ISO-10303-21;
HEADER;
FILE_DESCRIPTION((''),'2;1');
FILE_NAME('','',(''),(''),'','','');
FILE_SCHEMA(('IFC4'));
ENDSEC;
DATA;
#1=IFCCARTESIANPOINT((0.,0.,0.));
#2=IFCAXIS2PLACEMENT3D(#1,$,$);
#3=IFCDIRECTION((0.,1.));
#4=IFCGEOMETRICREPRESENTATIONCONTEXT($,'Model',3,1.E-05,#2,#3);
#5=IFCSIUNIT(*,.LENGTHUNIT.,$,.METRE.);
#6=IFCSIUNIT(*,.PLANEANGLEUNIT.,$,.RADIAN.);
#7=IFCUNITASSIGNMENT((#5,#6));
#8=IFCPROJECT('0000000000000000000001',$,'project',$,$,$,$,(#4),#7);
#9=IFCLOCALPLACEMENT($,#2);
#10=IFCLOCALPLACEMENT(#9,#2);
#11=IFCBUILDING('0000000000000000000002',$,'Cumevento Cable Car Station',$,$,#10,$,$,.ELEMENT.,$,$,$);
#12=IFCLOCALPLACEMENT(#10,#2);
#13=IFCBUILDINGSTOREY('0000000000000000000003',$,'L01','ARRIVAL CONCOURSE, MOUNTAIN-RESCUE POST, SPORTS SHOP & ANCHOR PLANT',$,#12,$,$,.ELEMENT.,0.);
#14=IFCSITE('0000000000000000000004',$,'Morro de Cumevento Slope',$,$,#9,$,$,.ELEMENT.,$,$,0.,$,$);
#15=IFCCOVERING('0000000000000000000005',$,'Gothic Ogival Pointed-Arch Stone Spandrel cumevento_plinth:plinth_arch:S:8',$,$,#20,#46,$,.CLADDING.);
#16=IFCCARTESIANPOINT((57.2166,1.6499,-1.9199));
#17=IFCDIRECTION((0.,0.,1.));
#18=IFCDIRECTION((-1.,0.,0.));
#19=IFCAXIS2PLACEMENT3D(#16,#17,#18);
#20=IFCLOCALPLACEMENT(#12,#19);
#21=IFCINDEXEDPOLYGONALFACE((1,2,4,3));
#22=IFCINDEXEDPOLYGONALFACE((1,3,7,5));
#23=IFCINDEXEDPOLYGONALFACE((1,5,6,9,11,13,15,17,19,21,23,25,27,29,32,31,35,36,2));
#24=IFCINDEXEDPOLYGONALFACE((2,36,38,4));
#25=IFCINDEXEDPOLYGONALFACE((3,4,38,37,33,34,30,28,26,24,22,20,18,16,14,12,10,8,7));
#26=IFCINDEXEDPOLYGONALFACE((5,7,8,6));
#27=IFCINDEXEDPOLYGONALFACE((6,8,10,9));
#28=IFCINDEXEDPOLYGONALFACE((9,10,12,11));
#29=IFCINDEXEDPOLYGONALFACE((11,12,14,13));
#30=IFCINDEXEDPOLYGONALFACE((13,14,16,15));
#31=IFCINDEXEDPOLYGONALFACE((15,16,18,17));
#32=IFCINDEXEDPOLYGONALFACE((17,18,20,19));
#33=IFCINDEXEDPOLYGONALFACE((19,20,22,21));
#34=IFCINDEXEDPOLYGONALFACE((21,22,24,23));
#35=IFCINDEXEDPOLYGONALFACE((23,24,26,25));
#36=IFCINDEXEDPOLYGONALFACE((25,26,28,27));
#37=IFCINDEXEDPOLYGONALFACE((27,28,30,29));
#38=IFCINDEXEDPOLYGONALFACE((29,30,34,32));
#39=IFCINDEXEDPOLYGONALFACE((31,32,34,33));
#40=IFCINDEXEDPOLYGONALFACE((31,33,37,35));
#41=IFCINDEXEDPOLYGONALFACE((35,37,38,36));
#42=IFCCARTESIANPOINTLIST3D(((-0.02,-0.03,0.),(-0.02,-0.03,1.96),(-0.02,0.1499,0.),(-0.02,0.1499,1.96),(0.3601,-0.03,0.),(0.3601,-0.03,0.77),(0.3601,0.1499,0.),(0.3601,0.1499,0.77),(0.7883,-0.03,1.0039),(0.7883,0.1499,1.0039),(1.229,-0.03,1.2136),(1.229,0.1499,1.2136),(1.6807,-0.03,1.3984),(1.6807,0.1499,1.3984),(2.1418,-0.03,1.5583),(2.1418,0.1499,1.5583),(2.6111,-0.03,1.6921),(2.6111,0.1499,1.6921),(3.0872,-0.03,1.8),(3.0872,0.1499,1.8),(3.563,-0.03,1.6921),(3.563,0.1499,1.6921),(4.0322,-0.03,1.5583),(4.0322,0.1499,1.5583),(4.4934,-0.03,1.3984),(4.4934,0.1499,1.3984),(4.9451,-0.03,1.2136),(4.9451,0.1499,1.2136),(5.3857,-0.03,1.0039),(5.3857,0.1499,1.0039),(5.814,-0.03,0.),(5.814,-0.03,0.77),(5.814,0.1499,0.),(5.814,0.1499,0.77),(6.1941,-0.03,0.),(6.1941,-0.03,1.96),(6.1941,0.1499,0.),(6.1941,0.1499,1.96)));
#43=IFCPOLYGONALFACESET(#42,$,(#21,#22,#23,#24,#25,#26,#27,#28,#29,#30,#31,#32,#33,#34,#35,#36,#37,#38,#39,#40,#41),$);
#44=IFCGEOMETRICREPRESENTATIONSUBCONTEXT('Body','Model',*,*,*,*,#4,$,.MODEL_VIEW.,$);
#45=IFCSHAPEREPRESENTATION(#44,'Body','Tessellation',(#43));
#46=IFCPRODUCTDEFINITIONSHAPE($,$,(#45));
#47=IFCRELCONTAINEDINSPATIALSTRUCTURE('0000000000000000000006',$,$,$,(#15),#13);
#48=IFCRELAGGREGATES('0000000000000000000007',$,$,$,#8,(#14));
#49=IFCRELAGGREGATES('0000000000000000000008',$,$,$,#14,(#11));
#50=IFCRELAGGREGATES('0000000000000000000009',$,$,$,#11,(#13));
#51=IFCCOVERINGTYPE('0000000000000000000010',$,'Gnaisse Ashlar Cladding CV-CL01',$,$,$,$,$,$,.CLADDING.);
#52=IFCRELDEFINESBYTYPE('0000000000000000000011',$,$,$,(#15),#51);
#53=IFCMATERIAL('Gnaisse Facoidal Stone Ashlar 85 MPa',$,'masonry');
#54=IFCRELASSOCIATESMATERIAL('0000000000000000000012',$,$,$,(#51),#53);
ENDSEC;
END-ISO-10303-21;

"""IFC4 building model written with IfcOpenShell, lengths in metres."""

from ifc_helpers import new_model, si_unit, direction, frame, origin, place, context, subcontext, project, spatial, polyline, outline, extrude, material, type_object, element, save


model = new_model("IFC4")

# Units and contexts
model_context = context("Model", 3, precision=1e-05, world=origin(), true_north=direction((0.0, 1.0)))
body_context = subcontext(model_context, "Body", "Model", "MODEL_VIEW")
ifc_project = project(units=[si_unit("LENGTHUNIT", "METRE"), si_unit("PLANEANGLEUNIT", "RADIAN")], contexts=[model_context])

# Site, building, storey
site_placement = place(None, origin())
site = spatial("IfcSite", under=ifc_project, at=site_placement, Name="Morro de Cumevento Slope", CompositionType="ELEMENT", RefElevation=0.0)
building_placement = place(site_placement, origin())
building = spatial("IfcBuilding", under=site, at=building_placement, Name="Cumevento Cable Car Station", CompositionType="ELEMENT")
storey_placement = place(building_placement, origin())
storey = spatial("IfcBuildingStorey", under=building, at=storey_placement, Name="L01", Description="ARRIVAL CONCOURSE, MOUNTAIN-RESCUE POST, SPORTS SHOP & ANCHOR PLANT", CompositionType="ELEMENT", Elevation=0.0)

# Covering
ifc_material_1 = material(Name="Gnaisse Facoidal Stone Ashlar 85 MPa", Category="masonry")
covering_type = type_object("IfcCoveringType", Name="Gnaisse Ashlar Cladding CV-CL01", PredefinedType="CLADDING", material=ifc_material_1)
covering_1_placement = place(storey_placement, frame((57.2166, 1.6499, -1.9199), z_axis=(0.0, 0.0, 1.0), x_axis=(-1.0, 0.0, 0.0)))
element("IfcCovering", 1, at=covering_1_placement, inside=storey, type_object=covering_type, Name="Gothic Ogival Pointed-Arch Stone Spandrel cumevento_plinth:plinth_arch:S:8", PredefinedType="CLADDING", context=body_context, shape_type="SweptSolid", body=[
    extrude(outline(polyline([(-0.02, 0.0), (-0.02, 1.96), (6.1941, 1.96), (6.1941, 0.0), (5.814, 0.0), (5.814, 0.77), (5.3857, 1.0039), (4.9451, 1.2136), (4.4934, 1.3984), (4.0322, 1.5583), (3.563, 1.6921), (3.0872, 1.8), (2.6111, 1.6921), (2.1418, 1.5583), (1.6807, 1.3984), (1.229, 1.2136), (0.7883, 1.0039), (0.3601, 0.77), (0.3601, 0.0), (-0.02, 0.0)])), frame((0.0, 0.1499, 0.0), z_axis=(0.0, -1.0, 0.0), x_axis=(1.0, 0.0, 0.0)), (0.0, 0.0, 1.0), 0.1799),
])

save(model, "model.ifc")
